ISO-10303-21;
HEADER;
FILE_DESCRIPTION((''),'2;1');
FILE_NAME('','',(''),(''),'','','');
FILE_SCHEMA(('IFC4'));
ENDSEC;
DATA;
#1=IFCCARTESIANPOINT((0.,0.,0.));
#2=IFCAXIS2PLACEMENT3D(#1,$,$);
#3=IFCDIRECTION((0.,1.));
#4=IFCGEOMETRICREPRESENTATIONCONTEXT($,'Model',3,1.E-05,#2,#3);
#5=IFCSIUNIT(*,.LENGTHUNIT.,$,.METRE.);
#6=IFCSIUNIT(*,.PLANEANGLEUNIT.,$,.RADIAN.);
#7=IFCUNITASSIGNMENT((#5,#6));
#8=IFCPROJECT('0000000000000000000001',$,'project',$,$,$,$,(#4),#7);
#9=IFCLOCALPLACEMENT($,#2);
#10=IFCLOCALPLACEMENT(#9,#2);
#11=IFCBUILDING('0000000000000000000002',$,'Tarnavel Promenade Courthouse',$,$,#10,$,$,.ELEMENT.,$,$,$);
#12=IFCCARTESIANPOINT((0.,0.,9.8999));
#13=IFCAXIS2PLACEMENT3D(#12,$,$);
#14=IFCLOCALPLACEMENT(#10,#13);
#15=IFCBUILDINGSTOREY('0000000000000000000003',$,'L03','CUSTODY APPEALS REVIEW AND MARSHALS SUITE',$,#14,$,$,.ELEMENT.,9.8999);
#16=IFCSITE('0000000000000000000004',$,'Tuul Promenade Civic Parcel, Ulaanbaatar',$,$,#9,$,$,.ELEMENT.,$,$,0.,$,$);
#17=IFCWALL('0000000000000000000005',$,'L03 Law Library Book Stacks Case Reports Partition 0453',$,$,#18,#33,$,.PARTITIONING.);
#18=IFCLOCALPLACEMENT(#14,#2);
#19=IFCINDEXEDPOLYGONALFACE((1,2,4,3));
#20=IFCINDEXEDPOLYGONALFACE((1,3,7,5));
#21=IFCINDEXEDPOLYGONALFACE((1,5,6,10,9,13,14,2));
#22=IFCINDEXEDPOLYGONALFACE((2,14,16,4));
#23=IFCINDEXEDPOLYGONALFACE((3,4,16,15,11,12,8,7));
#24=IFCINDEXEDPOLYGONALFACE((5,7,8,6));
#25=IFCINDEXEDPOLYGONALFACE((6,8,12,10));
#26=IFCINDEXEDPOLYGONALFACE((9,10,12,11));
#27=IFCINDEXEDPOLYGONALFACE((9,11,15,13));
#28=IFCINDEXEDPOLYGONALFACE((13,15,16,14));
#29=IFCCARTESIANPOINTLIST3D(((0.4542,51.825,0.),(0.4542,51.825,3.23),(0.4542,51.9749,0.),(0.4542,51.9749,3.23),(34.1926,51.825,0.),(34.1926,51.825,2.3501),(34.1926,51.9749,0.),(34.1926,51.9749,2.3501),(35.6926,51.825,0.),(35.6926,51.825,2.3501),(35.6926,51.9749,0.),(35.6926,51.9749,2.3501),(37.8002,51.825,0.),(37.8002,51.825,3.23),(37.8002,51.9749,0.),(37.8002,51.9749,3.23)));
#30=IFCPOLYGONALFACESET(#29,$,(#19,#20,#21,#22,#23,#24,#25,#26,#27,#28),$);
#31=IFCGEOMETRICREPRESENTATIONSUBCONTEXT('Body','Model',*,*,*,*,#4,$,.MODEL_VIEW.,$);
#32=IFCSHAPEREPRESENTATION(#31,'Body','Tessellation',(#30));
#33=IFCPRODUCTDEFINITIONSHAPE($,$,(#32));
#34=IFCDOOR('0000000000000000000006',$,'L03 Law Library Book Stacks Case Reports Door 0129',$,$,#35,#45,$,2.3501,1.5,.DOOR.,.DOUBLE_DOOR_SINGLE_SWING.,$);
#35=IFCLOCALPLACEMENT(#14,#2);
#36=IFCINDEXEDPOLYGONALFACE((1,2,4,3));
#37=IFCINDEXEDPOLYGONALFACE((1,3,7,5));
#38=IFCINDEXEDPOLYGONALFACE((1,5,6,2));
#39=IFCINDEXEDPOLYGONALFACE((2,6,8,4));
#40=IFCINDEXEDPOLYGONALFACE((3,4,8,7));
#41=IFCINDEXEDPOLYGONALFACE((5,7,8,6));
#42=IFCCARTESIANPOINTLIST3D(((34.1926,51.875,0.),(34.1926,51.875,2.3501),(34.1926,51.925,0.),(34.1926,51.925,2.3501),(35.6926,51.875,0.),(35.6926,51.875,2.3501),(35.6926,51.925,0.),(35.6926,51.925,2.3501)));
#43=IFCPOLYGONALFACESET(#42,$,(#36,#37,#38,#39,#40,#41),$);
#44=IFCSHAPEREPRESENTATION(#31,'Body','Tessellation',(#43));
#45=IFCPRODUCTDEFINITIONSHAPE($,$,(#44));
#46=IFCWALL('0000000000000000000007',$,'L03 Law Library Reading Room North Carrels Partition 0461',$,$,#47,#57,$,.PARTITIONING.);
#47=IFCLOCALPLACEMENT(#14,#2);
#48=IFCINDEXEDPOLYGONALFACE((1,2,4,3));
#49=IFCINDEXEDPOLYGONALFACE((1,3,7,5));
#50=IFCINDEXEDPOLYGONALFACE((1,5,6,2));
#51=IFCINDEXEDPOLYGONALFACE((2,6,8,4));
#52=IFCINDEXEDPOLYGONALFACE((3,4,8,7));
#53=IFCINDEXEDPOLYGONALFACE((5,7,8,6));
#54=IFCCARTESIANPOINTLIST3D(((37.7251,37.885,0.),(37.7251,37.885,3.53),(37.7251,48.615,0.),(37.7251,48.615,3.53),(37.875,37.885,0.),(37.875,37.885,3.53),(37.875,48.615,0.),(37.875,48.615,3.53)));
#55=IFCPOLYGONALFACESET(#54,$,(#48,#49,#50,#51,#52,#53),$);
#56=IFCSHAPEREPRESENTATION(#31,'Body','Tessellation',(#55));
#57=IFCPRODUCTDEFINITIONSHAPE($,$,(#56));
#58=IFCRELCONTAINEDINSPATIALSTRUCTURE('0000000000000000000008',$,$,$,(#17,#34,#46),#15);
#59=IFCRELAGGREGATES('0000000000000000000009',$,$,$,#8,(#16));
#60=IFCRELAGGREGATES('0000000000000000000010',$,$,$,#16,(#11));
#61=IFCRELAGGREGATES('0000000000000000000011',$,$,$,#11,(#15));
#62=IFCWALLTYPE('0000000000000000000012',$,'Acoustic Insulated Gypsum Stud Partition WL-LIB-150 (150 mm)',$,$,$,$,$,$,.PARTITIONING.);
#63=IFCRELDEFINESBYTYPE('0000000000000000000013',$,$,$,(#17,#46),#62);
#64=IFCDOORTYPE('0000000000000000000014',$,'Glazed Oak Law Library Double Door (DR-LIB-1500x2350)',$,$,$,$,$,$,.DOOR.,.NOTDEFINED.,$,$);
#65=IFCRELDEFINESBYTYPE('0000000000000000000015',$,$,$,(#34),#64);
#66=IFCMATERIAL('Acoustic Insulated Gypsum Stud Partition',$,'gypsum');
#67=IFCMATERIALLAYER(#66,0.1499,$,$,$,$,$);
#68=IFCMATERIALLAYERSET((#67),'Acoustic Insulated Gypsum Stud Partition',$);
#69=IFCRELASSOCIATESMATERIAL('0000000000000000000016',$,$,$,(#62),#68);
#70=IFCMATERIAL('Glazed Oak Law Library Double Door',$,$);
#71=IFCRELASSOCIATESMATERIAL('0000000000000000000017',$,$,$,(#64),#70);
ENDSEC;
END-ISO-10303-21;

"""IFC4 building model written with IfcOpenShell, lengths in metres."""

from ifc_helpers import new_model, si_unit, direction, frame, frame_2d, origin, place, context, subcontext, project, spatial, rectangle, extrude, material, layer, layer_set, type_object, element, fill, save


model = new_model("IFC4")

# Units and contexts
model_context = context("Model", 3, precision=1e-05, world=origin(), true_north=direction((0.0, 1.0)))
body_context = subcontext(model_context, "Body", "Model", "MODEL_VIEW")
ifc_project = project(units=[si_unit("LENGTHUNIT", "METRE"), si_unit("PLANEANGLEUNIT", "RADIAN")], contexts=[model_context])

# Site, building, storey
site_placement = place(None, origin())
site = spatial("IfcSite", under=ifc_project, at=site_placement, Name="Tuul Promenade Civic Parcel, Ulaanbaatar", CompositionType="ELEMENT", RefElevation=0.0)
building_placement = place(site_placement, origin())
building = spatial("IfcBuilding", under=site, at=building_placement, Name="Tarnavel Promenade Courthouse", CompositionType="ELEMENT")
storey_placement = place(building_placement, frame((0.0, 0.0, 9.8999)))
storey = spatial("IfcBuildingStorey", under=building, at=storey_placement, Name="L03", Description="CUSTODY APPEALS REVIEW AND MARSHALS SUITE", CompositionType="ELEMENT", Elevation=9.8999)

# Wall, opening, door
ifc_material_1 = material(Name="Acoustic Insulated Gypsum Stud Partition", Category="gypsum")
ifc_layer_1 = layer(ifc_material_1, 0.1499)
ifc_layer_set_1 = layer_set([ifc_layer_1], Name="Acoustic Insulated Gypsum Stud Partition")
wall_type = type_object("IfcWallType", Name="Acoustic Insulated Gypsum Stud Partition WL-LIB-150 (150 mm)", PredefinedType="PARTITIONING", material=ifc_layer_set_1)
wall_1_placement = place(storey_placement, frame((37.8, 51.8999, 0.0), z_axis=(0.0, 0.0, 1.0), x_axis=(-1.0, 0.0, 0.0)))
wall_1 = element("IfcWall", 1, at=wall_1_placement, inside=storey, type_object=wall_type, Name="L03 Law Library Book Stacks Case Reports Partition 0453", PredefinedType="PARTITIONING", context=body_context, shape_type="SweptSolid", body=[
    extrude(rectangle(XDim=37.3459, YDim=0.1499, at=frame_2d((18.6729, 0.0))), origin(), (0.0, 0.0, 1.0), 3.23),
])
opening_placement = place(wall_1_placement, frame((2.1074, 0.0, 0.0)))
opening = element("IfcOpeningElement", 2, at=opening_placement, cuts=wall_1, PredefinedType="OPENING", context=body_context, shape_type="SweptSolid", body=[
    extrude(rectangle(XDim=1.5, YDim=2.3501, at=frame_2d((0.75, 1.175))), frame((0.0, 0.085, 0.0), z_axis=(0.0, -1.0, 0.0), x_axis=(1.0, 0.0, 0.0)), (0.0, 0.0, 1.0), 0.1699),
])
ifc_material_2 = material(Name="Glazed Oak Law Library Double Door")
door_type = type_object("IfcDoorType", Name="Glazed Oak Law Library Double Door (DR-LIB-1500x2350)", OperationType="NOTDEFINED", PredefinedType="DOOR", material=ifc_material_2)
door_placement = place(opening_placement, origin())
door = element("IfcDoor", 3, at=door_placement, inside=storey, type_object=door_type, Name="L03 Law Library Book Stacks Case Reports Door 0129", OperationType="DOUBLE_DOOR_SINGLE_SWING", OverallHeight=2.3501, OverallWidth=1.5, PredefinedType="DOOR", context=body_context, shape_type="SweptSolid", body=[
    extrude(rectangle(XDim=1.5, YDim=2.3501, at=frame_2d((0.75, 1.175))), frame((0.0, 0.0249, 0.0), z_axis=(0.0, -1.0, 0.0), x_axis=(1.0, 0.0, 0.0)), (0.0, 0.0, 1.0), 0.05),
])
fill(opening, door)

# Wall
wall_2_placement = place(storey_placement, frame((37.8, 48.615, 0.0), z_axis=(0.0, 0.0, 1.0), x_axis=(0.0, -1.0, 0.0)))
element("IfcWall", 4, at=wall_2_placement, inside=storey, type_object=wall_type, Name="L03 Law Library Reading Room North Carrels Partition 0461", PredefinedType="PARTITIONING", context=body_context, shape_type="SweptSolid", body=[
    extrude(rectangle(XDim=10.73, YDim=0.1499, at=frame_2d((5.365, 0.0))), origin(), (0.0, 0.0, 1.0), 3.53),
])

save(model, "model.ifc")
